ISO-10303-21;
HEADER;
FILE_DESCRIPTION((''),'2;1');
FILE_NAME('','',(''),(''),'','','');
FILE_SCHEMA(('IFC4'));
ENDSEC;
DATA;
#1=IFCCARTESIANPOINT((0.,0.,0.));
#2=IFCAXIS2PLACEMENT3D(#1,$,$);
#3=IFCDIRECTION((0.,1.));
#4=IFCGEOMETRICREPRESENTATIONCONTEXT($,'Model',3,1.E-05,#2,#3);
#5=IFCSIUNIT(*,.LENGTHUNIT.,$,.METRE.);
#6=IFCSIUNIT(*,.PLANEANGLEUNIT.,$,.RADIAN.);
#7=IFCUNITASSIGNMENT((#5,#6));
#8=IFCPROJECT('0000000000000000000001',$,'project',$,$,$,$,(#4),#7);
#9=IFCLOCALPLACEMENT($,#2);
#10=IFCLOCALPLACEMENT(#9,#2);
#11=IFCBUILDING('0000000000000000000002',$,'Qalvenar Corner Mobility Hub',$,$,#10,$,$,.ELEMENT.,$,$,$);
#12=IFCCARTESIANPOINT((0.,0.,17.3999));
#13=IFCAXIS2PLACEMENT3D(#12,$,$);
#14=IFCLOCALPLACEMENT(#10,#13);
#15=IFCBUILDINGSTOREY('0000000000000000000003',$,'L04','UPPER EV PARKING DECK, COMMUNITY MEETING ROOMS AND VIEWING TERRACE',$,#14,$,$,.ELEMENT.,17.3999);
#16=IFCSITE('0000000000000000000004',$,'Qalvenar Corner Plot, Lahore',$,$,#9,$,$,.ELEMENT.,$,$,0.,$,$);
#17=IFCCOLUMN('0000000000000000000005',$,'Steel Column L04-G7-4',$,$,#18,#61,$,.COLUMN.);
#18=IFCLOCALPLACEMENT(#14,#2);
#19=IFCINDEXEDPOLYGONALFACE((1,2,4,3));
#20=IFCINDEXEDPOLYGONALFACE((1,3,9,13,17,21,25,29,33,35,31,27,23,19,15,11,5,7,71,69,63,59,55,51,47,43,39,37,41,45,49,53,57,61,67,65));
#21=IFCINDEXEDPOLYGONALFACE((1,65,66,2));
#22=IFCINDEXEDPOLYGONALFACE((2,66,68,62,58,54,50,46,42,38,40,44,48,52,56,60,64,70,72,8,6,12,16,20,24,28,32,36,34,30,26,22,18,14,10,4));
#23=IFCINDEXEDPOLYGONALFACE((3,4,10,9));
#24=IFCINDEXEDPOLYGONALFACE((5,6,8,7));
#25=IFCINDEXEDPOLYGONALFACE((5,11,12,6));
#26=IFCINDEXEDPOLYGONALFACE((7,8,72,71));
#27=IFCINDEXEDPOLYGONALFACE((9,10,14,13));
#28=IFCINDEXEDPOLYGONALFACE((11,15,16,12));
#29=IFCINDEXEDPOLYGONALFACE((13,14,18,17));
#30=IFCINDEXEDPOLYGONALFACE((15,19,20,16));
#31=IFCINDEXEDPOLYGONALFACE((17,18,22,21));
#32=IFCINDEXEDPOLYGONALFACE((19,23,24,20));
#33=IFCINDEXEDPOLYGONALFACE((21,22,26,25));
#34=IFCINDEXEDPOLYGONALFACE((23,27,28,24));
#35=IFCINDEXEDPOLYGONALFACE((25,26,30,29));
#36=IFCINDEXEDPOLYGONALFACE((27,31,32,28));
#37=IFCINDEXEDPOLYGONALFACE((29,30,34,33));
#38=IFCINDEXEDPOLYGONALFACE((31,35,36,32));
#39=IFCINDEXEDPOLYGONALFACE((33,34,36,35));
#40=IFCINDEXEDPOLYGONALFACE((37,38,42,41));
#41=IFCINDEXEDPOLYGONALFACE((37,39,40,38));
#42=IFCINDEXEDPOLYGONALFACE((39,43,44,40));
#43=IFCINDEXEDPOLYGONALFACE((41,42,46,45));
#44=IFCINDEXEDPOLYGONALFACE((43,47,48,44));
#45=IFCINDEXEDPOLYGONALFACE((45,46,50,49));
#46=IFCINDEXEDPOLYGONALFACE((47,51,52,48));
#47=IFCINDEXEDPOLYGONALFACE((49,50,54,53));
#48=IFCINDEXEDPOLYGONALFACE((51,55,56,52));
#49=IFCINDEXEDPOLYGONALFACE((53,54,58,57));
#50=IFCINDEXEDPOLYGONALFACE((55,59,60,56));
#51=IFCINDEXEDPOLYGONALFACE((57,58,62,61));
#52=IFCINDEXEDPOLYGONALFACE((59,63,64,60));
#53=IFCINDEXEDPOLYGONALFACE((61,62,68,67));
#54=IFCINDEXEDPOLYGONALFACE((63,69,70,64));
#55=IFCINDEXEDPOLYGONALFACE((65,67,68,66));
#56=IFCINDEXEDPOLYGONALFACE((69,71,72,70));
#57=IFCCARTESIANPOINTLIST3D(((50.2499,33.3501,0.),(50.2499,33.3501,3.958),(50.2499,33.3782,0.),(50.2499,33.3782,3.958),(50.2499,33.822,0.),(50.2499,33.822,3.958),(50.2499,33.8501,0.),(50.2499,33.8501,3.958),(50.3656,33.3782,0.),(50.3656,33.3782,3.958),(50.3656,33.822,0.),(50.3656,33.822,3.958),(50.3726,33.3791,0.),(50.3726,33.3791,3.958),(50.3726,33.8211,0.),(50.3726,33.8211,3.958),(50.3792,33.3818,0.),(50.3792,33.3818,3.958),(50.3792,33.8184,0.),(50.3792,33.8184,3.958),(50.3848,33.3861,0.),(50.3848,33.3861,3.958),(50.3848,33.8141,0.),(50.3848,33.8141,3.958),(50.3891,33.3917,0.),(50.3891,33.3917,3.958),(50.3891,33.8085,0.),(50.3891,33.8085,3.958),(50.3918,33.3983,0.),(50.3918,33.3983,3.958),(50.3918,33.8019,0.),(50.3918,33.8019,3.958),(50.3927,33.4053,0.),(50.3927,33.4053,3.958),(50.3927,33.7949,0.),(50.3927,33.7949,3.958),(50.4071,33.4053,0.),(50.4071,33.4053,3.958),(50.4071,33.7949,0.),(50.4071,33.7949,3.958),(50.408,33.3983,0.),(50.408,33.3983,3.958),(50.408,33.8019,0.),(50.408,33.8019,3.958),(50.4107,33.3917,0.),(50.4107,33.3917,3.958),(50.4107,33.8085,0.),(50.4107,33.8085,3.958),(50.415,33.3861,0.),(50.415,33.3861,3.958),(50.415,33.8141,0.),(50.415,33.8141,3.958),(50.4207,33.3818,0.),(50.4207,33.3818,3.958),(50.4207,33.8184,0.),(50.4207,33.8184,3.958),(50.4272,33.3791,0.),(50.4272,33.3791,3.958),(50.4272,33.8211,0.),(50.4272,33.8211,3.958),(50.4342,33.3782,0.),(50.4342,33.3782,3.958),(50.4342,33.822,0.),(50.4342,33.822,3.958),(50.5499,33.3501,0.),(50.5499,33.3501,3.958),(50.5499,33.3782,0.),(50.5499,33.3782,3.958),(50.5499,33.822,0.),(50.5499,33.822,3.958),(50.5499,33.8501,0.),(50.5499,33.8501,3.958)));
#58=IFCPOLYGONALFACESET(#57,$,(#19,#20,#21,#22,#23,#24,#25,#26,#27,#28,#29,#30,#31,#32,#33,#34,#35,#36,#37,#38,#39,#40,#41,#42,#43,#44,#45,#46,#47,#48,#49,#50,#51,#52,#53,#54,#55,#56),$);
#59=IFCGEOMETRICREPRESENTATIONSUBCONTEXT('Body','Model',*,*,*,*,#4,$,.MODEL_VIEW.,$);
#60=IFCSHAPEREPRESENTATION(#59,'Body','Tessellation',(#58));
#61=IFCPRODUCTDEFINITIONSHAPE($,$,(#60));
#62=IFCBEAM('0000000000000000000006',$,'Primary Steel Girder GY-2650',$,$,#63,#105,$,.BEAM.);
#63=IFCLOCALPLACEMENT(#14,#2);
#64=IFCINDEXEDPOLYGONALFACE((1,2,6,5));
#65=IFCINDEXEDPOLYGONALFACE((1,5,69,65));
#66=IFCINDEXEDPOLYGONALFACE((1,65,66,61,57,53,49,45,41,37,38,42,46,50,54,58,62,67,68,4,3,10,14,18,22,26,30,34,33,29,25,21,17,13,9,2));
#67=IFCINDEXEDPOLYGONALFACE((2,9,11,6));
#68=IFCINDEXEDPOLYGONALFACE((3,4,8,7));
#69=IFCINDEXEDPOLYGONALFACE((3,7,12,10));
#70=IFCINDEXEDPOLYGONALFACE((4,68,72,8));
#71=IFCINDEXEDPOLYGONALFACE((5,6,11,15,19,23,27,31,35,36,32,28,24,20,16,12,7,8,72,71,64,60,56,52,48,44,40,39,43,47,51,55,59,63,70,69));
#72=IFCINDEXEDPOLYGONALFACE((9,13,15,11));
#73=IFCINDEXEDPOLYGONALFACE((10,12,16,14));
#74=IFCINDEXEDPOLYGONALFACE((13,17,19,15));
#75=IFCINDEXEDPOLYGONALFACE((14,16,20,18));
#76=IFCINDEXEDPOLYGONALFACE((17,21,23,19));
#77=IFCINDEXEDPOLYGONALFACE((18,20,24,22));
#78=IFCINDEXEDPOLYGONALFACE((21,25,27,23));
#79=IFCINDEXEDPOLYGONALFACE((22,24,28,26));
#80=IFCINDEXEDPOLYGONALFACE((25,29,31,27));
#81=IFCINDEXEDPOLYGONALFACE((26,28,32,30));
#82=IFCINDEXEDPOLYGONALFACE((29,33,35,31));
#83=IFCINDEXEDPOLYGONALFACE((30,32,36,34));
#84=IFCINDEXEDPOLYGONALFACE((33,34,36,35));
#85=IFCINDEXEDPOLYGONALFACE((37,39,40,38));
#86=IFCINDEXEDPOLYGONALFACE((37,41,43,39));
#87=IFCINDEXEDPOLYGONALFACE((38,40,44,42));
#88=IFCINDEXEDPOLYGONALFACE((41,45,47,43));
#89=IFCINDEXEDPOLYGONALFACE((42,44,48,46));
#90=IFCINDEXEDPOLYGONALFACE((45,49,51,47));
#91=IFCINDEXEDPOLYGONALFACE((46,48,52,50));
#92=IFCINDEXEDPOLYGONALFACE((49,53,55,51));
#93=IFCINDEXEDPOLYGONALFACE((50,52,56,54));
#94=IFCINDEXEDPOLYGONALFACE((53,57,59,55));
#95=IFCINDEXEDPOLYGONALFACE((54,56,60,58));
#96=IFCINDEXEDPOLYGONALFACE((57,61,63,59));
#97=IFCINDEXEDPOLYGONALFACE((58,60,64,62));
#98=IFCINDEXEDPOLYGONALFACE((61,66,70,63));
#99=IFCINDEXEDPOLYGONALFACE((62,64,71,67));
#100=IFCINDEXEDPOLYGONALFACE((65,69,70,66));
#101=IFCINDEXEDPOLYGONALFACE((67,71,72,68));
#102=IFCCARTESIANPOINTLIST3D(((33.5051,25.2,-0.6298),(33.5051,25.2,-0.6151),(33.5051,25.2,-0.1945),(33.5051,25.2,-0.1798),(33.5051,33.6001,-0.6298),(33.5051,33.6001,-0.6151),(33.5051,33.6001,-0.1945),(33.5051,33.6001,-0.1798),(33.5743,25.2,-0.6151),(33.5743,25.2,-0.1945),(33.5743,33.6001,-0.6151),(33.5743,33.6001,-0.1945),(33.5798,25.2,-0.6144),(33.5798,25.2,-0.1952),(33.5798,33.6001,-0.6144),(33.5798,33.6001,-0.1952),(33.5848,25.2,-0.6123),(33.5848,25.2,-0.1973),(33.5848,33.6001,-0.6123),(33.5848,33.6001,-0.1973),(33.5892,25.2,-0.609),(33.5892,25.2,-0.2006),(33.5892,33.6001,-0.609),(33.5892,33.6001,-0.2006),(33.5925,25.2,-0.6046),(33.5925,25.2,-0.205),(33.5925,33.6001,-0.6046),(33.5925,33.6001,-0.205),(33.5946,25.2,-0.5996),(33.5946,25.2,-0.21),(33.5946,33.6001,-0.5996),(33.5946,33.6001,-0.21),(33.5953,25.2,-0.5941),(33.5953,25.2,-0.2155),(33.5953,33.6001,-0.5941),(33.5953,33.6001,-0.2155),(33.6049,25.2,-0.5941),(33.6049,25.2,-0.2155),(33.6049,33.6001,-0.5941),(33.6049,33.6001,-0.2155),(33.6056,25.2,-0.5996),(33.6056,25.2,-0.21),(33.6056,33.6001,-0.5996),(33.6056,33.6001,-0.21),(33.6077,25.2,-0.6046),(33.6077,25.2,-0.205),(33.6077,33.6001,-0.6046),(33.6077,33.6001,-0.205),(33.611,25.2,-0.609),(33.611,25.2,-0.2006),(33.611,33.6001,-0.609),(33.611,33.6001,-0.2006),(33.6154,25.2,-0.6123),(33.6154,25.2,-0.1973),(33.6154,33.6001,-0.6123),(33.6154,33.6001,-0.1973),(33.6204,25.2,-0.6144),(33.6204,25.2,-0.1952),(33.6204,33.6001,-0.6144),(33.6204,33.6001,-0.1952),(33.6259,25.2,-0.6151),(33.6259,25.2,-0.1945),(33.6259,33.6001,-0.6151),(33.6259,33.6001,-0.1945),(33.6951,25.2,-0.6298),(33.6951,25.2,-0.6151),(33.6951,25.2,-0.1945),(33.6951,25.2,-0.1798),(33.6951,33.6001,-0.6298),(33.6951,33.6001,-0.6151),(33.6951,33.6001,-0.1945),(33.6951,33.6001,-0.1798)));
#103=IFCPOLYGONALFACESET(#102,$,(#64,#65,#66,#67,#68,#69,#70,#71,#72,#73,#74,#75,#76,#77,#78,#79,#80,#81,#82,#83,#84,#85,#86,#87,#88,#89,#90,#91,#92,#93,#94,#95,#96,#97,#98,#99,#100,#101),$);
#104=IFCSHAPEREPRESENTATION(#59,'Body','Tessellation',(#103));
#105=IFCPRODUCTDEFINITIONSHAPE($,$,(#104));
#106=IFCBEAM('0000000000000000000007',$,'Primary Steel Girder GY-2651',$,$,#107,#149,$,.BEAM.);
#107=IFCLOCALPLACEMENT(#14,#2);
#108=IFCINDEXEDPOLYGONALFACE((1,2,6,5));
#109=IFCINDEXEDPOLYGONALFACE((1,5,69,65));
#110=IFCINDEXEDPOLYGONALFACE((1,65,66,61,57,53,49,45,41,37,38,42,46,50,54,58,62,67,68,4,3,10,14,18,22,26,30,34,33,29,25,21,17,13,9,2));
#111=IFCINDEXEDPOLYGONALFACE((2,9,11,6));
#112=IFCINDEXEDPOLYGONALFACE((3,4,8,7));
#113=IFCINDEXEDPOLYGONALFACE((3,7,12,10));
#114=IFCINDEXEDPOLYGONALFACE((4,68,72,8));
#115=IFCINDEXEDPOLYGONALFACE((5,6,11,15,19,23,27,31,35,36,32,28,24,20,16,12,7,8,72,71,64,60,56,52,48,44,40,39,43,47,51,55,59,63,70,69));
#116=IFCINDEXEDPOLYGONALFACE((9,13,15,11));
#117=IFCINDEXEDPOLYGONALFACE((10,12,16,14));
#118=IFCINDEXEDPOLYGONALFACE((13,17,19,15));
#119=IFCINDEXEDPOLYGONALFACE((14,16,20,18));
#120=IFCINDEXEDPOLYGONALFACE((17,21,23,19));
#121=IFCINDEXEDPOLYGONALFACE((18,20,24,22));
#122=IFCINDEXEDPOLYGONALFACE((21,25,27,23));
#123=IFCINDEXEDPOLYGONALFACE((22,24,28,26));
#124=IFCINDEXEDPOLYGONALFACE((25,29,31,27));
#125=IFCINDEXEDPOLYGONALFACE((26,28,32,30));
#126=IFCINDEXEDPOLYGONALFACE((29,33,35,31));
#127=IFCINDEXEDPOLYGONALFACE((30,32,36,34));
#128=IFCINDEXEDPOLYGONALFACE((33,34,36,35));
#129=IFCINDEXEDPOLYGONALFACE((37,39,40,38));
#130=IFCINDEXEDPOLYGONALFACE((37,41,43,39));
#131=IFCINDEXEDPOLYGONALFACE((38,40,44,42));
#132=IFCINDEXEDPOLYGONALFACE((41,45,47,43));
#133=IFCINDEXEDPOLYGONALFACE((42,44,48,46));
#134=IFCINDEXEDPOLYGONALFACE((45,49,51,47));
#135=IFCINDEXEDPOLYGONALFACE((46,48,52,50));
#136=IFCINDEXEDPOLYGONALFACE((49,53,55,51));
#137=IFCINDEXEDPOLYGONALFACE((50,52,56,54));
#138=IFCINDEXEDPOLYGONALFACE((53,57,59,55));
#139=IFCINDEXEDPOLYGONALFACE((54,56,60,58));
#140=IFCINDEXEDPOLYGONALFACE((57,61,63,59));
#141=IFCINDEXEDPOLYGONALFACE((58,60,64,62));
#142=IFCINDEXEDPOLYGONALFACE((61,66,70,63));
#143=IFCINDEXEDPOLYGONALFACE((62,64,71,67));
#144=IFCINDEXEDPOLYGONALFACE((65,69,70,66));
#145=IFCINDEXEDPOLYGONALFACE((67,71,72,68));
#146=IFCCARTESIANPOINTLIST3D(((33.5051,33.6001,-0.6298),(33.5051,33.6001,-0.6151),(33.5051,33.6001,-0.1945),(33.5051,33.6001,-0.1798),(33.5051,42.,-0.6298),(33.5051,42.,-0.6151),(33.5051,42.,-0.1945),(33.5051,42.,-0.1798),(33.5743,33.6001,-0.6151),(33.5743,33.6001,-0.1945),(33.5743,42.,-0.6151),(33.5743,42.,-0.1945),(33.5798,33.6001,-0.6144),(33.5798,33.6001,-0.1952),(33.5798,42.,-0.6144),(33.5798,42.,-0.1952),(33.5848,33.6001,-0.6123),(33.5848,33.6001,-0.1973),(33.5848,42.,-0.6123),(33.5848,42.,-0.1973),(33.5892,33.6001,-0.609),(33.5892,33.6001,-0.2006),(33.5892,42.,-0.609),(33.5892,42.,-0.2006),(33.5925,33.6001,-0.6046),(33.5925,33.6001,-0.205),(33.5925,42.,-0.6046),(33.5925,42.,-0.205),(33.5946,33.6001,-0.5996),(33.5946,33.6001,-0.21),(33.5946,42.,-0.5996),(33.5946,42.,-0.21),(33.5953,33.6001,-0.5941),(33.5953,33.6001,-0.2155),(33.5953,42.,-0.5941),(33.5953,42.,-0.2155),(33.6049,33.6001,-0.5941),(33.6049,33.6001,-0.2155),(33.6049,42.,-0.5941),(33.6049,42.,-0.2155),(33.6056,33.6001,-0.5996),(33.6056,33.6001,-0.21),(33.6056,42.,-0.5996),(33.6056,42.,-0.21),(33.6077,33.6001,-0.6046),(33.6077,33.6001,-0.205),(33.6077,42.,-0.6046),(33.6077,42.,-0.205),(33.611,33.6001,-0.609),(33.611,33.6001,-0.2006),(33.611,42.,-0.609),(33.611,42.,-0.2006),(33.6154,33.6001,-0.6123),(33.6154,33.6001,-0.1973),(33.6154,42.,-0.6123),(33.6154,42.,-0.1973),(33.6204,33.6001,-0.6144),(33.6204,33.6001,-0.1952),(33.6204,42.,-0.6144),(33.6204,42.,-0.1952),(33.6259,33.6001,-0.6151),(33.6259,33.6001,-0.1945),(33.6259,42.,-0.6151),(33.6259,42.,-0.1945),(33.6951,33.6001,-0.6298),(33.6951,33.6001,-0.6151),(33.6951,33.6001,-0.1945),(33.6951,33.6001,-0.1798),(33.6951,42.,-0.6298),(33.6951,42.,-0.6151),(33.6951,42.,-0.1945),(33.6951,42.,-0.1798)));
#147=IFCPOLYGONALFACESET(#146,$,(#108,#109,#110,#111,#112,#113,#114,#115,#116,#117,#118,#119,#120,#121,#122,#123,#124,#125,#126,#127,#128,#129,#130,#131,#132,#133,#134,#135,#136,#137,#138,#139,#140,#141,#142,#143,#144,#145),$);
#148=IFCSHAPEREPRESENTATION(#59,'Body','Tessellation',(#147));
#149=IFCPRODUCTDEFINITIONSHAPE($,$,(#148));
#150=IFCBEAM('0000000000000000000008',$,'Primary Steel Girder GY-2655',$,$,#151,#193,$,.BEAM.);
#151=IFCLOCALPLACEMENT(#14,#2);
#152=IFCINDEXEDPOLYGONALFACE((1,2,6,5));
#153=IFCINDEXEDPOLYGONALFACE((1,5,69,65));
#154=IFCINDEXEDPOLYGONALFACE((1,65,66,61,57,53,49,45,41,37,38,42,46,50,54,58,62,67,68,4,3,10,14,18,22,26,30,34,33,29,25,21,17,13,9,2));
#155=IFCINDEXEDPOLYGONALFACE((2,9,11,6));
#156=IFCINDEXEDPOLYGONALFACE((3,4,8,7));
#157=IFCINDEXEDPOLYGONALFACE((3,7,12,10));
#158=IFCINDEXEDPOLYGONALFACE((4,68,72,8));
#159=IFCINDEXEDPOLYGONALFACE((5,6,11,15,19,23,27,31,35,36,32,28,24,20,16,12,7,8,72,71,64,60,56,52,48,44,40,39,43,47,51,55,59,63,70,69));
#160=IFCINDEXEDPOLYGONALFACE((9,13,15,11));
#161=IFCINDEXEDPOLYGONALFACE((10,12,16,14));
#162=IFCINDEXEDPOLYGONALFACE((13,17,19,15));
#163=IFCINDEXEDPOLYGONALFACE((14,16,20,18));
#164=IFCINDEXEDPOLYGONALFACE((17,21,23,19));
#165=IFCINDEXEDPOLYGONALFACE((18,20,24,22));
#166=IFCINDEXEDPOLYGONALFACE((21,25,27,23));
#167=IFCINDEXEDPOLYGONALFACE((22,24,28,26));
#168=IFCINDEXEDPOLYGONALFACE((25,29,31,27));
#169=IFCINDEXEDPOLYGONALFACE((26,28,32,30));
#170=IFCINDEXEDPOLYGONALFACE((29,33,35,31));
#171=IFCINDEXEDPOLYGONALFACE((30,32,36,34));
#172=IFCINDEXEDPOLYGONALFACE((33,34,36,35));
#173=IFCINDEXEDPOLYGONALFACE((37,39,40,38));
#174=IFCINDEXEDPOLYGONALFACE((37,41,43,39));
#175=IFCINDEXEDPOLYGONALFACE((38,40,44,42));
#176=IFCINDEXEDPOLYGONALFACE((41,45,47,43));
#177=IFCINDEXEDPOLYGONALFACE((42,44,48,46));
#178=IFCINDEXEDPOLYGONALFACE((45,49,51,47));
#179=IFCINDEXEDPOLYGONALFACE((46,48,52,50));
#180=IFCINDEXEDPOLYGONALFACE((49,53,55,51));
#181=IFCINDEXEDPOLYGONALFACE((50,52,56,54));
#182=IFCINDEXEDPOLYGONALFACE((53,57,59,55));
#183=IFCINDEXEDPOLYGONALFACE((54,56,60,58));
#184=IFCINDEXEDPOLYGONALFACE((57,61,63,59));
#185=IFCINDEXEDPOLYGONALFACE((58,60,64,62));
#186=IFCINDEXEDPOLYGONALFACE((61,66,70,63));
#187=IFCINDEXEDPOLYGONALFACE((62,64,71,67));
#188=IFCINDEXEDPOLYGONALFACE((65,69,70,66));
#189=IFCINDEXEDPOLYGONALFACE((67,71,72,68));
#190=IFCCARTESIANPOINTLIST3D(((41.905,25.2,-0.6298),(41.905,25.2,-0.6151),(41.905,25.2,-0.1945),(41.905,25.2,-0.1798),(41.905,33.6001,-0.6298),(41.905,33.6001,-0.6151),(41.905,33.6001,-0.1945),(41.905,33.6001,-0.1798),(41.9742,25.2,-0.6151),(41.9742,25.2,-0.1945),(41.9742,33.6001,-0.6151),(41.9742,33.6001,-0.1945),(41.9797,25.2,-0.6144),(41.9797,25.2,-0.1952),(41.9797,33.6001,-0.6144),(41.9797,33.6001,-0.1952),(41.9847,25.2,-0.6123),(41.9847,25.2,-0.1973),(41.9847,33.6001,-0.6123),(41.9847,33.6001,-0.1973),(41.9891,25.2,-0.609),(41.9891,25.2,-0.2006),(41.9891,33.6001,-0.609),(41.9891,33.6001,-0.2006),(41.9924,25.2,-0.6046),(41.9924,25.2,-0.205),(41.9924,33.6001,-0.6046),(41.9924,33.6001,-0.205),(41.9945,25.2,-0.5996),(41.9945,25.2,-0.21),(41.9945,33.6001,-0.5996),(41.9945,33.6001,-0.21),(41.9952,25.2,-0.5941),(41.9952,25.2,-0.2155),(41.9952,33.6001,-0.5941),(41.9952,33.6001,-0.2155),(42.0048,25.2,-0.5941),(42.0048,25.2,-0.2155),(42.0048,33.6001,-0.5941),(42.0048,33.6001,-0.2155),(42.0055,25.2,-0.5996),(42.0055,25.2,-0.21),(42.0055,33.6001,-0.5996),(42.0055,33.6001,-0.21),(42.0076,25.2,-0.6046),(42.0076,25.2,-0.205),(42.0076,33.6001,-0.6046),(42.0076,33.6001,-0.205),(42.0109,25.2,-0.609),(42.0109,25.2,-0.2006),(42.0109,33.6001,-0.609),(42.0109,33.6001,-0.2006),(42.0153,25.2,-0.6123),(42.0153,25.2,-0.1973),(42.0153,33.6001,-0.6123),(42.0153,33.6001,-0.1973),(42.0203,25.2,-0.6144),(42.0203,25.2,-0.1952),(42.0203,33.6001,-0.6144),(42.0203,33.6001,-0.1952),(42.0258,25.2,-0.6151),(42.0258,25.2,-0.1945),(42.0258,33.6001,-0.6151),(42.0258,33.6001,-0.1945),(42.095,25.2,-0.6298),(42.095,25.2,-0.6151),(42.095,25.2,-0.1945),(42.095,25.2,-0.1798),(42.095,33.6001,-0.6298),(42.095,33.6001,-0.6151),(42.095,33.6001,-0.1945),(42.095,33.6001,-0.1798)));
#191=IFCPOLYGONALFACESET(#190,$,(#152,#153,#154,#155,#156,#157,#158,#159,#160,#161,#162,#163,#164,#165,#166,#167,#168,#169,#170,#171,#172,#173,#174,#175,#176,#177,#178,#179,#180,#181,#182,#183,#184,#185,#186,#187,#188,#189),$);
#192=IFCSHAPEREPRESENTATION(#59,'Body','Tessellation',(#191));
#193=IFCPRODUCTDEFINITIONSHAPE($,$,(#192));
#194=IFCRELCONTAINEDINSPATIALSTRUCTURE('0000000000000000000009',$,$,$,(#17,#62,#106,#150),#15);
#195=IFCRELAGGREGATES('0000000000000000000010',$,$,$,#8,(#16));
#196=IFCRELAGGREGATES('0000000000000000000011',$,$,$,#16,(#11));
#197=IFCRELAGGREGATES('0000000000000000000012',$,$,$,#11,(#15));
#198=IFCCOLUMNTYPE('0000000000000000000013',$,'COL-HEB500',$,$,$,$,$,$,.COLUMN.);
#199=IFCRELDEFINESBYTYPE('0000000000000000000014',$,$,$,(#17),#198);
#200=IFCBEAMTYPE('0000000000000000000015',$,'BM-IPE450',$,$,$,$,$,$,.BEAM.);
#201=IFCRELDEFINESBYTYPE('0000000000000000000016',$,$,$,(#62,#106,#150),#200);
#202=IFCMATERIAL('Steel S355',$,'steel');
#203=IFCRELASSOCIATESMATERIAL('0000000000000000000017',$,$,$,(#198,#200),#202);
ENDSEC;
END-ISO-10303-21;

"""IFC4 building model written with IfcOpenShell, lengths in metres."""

from ifc_helpers import new_model, si_unit, direction, frame, origin, origin_2d, place, context, subcontext, project, spatial, i_section, extrude, material, material_profile, profile_set, type_object, element, save


model = new_model("IFC4")

# Units and contexts
model_context = context("Model", 3, precision=1e-05, world=origin(), true_north=direction((0.0, 1.0)))
body_context = subcontext(model_context, "Body", "Model", "MODEL_VIEW")
ifc_project = project(units=[si_unit("LENGTHUNIT", "METRE"), si_unit("PLANEANGLEUNIT", "RADIAN")], contexts=[model_context])

# Site, building, storey
site_placement = place(None, origin())
site = spatial("IfcSite", under=ifc_project, at=site_placement, Name="Qalvenar Corner Plot, Lahore", CompositionType="ELEMENT", RefElevation=0.0)
building_placement = place(site_placement, origin())
building = spatial("IfcBuilding", under=site, at=building_placement, Name="Qalvenar Corner Mobility Hub", CompositionType="ELEMENT")
storey_placement = place(building_placement, frame((0.0, 0.0, 17.3999)))
storey = spatial("IfcBuildingStorey", under=building, at=storey_placement, Name="L04", Description="UPPER EV PARKING DECK, COMMUNITY MEETING ROOMS AND VIEWING TERRACE", CompositionType="ELEMENT", Elevation=17.3999)

# Column
ifc_material_1 = material(Name="Steel S355", Category="steel")
ifc_material_profile_1 = material_profile(ifc_material_1, i_section(OverallWidth=0.3, OverallDepth=0.5, WebThickness=0.0144, FlangeThickness=0.0281, FilletRadius=0.0271, at=origin_2d()), Name="HEB500")
ifc_profile_set_1 = profile_set([ifc_material_profile_1], Name="Steel S355")
column_type_1 = type_object("IfcColumnType", Name="COL-HEB500", PredefinedType="COLUMN", material=ifc_profile_set_1)
for number, where, z_axis, x_axis, name in (
    (1, (50.3999, 33.6001, 0.0), (0.0, 0.0, 1.0), (1.0, 0.0, 0.0), "Steel Column L04-G7-4"),
):
    element("IfcColumn", number, at=place(storey_placement, frame(where, z_axis=z_axis, x_axis=x_axis)), inside=storey, type_object=column_type_1, Name=name, PredefinedType="COLUMN", context=body_context, shape_type="SweptSolid", body=[
        extrude(i_section(OverallWidth=0.3, OverallDepth=0.5, WebThickness=0.0144, FlangeThickness=0.0281, FilletRadius=0.0271, at=origin_2d()), origin(), (0.0, 0.0, 1.0), 3.958),
    ])

# Beams
ifc_material_profile_2 = material_profile(ifc_material_1, i_section(OverallWidth=0.1899, OverallDepth=0.45, WebThickness=0.0095, FlangeThickness=0.0146, FilletRadius=0.021, at=origin_2d()), Name="IPE450")
ifc_profile_set_2 = profile_set([ifc_material_profile_2], Name="Steel S355")
beam_type_1 = type_object("IfcBeamType", Name="BM-IPE450", PredefinedType="BEAM", material=ifc_profile_set_2)
beam_1_placement = place(storey_placement, frame((33.6001, 25.2, -0.4048), z_axis=(0.0, 1.0, 0.0), x_axis=(-1.0, 0.0, 0.0)))
element("IfcBeam", 2, at=beam_1_placement, inside=storey, type_object=beam_type_1, Name="Primary Steel Girder GY-2650", PredefinedType="BEAM", context=body_context, shape_type="SweptSolid", body=[
    extrude(i_section(OverallWidth=0.1899, OverallDepth=0.45, WebThickness=0.0095, FlangeThickness=0.0146, FilletRadius=0.021, at=origin_2d()), origin(), (0.0, 0.0, 1.0), 8.4001),
])
beam_2_placement = place(storey_placement, frame((33.6001, 33.6001, -0.4048), z_axis=(0.0, 1.0, 0.0), x_axis=(-1.0, 0.0, 0.0)))
element("IfcBeam", 3, at=beam_2_placement, inside=storey, type_object=beam_type_1, Name="Primary Steel Girder GY-2651", PredefinedType="BEAM", context=body_context, shape_type="SweptSolid", body=[
    extrude(i_section(OverallWidth=0.1899, OverallDepth=0.45, WebThickness=0.0095, FlangeThickness=0.0146, FilletRadius=0.021, at=origin_2d()), origin(), (0.0, 0.0, 1.0), 8.3999),
])
beam_3_placement = place(storey_placement, frame((42.0, 25.2, -0.4048), z_axis=(0.0, 1.0, 0.0), x_axis=(-1.0, 0.0, 0.0)))
element("IfcBeam", 4, at=beam_3_placement, inside=storey, type_object=beam_type_1, Name="Primary Steel Girder GY-2655", PredefinedType="BEAM", context=body_context, shape_type="SweptSolid", body=[
    extrude(i_section(OverallWidth=0.1899, OverallDepth=0.45, WebThickness=0.0095, FlangeThickness=0.0146, FilletRadius=0.021, at=origin_2d()), origin(), (0.0, 0.0, 1.0), 8.4001),
])

save(model, "model.ifc")
